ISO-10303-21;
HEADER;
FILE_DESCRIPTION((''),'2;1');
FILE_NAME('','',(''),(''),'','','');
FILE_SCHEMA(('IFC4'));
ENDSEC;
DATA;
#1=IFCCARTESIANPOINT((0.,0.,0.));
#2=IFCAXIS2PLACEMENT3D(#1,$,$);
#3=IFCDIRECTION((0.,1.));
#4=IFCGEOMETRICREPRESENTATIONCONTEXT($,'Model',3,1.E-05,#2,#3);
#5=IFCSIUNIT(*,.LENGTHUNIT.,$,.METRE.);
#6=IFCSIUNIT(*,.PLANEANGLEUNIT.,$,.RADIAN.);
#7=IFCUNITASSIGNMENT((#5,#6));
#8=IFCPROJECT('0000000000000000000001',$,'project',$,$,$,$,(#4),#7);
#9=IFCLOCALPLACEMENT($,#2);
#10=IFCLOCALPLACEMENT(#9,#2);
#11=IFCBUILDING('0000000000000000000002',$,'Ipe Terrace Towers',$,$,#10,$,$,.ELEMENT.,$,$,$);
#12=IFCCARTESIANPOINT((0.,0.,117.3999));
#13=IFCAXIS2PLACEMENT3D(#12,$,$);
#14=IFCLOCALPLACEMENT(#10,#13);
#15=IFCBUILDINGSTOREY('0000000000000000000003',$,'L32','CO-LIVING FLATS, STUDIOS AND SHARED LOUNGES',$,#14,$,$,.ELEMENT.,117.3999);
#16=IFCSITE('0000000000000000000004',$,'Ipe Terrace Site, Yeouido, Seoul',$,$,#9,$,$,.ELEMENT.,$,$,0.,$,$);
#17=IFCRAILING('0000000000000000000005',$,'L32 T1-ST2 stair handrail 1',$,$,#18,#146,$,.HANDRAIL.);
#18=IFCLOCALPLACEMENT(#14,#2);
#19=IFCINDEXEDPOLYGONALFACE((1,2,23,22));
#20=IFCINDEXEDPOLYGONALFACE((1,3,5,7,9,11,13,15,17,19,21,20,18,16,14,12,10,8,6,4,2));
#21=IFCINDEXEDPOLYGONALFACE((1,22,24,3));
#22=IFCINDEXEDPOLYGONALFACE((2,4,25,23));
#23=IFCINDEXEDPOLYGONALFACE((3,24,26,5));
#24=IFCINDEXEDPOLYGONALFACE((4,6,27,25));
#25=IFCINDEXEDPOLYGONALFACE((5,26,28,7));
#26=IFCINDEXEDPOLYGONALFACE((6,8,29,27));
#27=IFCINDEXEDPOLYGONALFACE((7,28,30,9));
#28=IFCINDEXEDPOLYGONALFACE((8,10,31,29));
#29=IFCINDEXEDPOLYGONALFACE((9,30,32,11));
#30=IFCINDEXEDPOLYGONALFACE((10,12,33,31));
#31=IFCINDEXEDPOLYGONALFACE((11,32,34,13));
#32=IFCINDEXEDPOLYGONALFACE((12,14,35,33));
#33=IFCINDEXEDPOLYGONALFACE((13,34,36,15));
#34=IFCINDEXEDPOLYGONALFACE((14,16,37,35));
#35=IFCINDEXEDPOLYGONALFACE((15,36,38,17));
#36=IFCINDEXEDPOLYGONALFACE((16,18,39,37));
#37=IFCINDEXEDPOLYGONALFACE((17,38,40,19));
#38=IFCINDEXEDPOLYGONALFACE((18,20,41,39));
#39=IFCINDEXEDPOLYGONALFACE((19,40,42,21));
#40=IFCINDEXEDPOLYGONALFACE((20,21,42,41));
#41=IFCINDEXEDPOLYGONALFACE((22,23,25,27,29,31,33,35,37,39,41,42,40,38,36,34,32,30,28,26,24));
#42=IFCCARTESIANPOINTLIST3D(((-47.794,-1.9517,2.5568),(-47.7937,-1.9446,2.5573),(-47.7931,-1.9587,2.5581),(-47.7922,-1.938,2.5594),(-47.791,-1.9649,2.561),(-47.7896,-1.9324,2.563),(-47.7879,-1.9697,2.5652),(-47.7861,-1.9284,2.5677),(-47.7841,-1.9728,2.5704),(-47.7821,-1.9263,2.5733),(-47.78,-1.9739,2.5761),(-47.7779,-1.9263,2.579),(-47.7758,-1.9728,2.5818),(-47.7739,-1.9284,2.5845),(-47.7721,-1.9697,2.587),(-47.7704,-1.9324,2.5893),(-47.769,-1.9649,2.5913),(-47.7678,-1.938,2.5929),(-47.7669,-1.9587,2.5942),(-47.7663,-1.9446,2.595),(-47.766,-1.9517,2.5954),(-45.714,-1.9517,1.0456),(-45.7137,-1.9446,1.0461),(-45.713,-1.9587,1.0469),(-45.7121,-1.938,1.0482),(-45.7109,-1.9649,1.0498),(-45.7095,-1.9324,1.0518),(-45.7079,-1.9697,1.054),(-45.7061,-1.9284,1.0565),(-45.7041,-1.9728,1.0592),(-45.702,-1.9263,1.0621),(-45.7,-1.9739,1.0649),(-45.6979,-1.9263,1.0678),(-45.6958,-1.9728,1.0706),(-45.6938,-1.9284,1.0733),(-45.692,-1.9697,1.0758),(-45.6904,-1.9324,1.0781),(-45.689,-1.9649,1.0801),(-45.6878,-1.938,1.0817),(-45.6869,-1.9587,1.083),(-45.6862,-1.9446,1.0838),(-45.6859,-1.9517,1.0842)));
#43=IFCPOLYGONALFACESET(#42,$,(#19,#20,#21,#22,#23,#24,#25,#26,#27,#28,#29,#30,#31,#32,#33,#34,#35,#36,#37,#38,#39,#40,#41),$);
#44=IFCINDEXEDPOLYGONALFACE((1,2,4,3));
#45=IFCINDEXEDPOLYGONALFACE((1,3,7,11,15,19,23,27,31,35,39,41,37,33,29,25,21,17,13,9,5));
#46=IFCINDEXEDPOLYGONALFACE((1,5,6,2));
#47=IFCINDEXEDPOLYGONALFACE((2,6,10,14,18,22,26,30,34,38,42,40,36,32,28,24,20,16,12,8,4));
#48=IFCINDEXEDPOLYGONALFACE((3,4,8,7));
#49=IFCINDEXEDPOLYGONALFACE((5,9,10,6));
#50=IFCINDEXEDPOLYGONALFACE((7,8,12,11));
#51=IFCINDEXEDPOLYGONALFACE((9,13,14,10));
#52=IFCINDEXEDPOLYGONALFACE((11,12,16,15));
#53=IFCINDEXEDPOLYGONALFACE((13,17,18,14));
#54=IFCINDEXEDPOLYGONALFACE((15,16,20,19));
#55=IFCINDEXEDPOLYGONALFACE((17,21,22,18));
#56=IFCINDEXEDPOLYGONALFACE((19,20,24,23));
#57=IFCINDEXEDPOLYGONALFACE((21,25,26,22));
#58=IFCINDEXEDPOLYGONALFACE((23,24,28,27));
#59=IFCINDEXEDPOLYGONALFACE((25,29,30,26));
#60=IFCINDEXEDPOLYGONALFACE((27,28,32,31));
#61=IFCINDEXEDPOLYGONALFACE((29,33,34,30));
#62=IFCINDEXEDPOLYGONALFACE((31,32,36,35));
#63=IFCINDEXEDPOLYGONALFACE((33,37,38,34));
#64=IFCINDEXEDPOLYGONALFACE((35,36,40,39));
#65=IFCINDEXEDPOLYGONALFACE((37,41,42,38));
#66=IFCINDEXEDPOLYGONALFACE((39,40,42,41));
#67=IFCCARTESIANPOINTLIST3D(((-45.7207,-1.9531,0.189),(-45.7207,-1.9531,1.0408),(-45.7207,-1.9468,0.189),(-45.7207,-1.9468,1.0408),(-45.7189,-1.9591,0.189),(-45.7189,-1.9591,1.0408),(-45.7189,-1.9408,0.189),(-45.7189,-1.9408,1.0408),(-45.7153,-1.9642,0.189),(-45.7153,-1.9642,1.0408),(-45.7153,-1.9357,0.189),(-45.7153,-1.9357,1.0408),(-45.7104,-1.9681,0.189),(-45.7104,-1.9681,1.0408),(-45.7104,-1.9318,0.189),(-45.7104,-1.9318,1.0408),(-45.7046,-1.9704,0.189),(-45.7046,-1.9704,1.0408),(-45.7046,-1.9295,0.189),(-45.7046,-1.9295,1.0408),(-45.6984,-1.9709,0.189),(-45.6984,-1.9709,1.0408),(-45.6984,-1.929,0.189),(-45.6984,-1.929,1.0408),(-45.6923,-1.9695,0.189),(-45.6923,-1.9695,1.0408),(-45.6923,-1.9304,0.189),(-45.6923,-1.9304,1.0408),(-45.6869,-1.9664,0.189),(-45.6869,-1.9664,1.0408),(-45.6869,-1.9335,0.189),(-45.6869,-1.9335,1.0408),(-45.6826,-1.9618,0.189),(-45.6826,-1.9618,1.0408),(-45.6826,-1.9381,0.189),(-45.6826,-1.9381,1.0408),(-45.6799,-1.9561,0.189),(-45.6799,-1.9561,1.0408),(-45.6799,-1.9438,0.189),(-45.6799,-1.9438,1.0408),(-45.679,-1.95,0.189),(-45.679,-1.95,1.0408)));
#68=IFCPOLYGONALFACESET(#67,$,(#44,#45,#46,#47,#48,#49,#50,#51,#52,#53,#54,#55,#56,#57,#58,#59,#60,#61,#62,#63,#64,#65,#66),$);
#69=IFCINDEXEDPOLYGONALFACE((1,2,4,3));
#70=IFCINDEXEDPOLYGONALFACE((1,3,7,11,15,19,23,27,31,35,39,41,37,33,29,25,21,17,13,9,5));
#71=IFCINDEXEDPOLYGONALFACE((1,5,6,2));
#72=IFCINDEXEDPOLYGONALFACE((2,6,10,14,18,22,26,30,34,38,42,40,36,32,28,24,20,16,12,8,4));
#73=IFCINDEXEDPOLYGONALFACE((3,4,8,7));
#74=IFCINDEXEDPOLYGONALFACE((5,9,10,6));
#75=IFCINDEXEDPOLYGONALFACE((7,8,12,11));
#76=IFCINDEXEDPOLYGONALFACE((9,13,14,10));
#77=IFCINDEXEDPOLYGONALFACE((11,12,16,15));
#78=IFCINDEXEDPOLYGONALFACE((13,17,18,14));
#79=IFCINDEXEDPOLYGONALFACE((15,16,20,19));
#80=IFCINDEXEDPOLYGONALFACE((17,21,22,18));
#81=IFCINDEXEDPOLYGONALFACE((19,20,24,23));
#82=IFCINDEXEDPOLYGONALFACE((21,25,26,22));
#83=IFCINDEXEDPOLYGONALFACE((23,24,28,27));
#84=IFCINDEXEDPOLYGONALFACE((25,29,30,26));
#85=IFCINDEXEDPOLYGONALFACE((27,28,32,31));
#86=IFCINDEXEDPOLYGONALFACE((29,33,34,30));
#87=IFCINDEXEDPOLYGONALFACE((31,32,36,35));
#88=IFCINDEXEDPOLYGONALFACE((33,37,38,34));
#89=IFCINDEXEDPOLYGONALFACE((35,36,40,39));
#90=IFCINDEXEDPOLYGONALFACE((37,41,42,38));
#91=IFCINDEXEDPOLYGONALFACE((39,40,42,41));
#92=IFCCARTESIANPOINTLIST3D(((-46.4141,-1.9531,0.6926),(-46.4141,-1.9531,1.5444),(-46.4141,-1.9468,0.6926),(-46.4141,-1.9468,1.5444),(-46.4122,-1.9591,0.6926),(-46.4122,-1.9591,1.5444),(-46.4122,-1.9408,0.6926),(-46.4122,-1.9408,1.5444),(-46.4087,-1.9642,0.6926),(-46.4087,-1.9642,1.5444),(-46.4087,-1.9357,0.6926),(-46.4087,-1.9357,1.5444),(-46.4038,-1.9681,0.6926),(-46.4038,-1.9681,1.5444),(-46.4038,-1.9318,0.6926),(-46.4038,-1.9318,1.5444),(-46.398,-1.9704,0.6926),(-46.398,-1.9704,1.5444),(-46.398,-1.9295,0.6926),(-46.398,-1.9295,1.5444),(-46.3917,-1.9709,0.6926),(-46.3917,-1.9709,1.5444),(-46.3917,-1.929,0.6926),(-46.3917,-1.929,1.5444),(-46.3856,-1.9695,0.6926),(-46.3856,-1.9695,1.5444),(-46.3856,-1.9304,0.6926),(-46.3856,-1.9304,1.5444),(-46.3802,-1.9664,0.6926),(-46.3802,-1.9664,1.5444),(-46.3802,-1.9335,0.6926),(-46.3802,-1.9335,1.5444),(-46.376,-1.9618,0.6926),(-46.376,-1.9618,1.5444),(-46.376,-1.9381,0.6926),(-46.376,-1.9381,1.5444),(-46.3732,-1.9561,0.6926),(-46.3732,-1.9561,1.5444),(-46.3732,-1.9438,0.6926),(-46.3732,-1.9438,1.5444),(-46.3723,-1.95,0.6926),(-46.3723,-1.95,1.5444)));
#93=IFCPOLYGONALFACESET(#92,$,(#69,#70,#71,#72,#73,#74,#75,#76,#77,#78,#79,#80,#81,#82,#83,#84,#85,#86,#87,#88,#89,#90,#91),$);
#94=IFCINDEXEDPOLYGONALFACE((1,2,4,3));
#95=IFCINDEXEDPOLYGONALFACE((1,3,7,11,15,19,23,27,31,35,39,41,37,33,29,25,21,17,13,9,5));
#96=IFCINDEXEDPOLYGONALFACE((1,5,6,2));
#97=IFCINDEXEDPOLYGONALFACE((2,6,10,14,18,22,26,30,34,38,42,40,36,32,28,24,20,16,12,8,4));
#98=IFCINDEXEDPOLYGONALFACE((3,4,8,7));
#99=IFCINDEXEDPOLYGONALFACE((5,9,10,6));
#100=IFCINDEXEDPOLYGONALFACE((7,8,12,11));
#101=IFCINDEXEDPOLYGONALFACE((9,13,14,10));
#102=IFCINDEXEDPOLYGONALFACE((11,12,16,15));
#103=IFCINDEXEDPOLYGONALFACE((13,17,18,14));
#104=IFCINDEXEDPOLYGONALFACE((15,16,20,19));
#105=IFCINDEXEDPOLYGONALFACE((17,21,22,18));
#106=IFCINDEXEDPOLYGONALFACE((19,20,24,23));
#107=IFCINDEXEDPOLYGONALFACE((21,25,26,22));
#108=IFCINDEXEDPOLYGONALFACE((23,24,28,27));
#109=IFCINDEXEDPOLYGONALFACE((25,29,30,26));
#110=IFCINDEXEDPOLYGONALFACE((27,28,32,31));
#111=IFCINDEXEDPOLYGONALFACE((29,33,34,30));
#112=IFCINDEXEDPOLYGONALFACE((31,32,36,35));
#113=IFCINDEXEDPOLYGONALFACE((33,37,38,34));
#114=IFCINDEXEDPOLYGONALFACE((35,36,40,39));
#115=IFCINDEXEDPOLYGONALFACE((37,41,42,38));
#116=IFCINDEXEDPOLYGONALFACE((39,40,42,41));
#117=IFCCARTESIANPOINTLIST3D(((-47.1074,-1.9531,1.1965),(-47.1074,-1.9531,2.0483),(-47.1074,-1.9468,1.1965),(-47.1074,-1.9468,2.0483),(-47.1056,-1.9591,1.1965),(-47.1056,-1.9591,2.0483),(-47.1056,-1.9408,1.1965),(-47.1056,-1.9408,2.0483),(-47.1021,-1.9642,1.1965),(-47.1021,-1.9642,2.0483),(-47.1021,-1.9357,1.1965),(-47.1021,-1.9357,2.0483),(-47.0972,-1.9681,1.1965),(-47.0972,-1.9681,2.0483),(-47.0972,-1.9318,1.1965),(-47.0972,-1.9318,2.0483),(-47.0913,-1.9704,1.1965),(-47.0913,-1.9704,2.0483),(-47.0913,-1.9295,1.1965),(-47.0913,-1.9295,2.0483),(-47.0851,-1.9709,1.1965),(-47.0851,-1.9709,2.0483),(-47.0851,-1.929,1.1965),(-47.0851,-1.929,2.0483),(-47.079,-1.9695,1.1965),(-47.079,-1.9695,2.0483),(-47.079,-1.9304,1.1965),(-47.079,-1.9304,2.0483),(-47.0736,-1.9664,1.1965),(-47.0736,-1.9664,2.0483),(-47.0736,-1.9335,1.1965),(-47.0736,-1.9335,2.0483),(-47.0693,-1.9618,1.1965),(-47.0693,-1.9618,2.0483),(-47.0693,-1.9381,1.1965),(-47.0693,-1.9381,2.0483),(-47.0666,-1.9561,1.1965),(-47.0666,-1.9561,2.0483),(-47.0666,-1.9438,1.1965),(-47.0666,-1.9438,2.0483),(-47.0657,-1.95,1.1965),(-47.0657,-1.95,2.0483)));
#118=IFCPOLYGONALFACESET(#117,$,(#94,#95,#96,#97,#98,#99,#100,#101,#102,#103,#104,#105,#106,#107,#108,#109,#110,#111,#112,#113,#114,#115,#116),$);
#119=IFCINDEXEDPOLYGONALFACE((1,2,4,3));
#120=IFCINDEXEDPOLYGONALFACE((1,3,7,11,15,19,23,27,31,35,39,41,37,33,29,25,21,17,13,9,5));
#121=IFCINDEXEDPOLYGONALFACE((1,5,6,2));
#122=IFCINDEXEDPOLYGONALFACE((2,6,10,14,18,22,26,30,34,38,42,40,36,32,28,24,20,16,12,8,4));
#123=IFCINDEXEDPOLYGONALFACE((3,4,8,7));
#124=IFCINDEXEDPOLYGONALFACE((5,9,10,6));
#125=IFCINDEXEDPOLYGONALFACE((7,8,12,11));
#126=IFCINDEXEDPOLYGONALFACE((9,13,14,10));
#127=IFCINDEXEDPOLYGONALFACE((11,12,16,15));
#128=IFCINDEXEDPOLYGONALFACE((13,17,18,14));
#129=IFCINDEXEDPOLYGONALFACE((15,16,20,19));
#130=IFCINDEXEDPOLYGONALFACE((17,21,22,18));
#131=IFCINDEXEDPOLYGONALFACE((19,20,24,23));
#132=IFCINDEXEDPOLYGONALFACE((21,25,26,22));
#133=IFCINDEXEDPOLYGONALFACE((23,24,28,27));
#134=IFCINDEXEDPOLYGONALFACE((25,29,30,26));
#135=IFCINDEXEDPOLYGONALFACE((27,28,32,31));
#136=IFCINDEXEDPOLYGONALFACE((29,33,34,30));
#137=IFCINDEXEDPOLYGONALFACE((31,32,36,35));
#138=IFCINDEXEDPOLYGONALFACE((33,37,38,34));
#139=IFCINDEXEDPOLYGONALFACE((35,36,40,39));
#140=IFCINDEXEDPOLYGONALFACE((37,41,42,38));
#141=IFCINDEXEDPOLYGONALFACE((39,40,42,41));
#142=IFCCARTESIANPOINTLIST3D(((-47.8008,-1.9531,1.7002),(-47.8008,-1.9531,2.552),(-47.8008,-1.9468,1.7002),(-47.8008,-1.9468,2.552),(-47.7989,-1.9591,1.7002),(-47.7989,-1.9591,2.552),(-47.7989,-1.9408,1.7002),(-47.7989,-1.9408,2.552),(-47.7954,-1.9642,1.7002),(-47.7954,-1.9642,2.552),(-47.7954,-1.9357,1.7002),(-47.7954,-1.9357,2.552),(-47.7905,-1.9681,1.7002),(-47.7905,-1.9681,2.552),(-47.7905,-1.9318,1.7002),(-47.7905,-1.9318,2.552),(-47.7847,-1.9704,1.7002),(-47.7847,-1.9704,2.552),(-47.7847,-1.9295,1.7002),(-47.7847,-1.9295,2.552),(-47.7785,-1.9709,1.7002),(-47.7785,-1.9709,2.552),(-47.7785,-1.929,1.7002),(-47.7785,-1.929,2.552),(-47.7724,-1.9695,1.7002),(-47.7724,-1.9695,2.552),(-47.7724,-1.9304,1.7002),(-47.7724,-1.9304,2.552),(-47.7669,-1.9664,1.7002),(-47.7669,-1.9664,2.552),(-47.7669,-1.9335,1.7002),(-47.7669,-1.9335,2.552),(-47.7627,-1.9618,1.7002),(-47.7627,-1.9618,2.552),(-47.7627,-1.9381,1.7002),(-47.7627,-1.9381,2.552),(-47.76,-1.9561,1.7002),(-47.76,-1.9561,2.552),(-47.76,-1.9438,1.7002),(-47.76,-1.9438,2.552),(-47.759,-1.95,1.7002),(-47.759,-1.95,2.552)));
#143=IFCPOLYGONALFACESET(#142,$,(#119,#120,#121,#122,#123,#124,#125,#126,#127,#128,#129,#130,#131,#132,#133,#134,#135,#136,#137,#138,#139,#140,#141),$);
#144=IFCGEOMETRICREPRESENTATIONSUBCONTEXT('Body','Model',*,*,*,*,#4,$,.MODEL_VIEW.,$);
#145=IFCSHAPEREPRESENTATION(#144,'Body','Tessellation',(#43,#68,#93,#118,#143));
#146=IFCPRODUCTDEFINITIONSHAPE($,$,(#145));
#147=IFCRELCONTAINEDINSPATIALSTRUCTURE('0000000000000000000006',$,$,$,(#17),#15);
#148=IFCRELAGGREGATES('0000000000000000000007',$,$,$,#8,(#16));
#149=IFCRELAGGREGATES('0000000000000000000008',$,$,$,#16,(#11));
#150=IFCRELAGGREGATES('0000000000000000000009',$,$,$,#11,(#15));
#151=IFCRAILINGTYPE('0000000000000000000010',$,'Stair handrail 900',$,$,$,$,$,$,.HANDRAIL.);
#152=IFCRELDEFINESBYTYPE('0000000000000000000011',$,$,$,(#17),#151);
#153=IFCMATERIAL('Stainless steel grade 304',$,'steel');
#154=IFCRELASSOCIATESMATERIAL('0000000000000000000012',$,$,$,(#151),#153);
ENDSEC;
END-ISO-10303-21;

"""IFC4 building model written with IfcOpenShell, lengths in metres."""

from ifc_helpers import new_model, si_unit, direction, frame, origin, origin_2d, place, context, subcontext, project, spatial, circle, extrude, material, type_object, element, save


model = new_model("IFC4")

# Units and contexts
model_context = context("Model", 3, precision=1e-05, world=origin(), true_north=direction((0.0, 1.0)))
body_context = subcontext(model_context, "Body", "Model", "MODEL_VIEW")
ifc_project = project(units=[si_unit("LENGTHUNIT", "METRE"), si_unit("PLANEANGLEUNIT", "RADIAN")], contexts=[model_context])

# Site, building, storey
site_placement = place(None, origin())
site = spatial("IfcSite", under=ifc_project, at=site_placement, Name="Ipe Terrace Site, Yeouido, Seoul", CompositionType="ELEMENT", RefElevation=0.0)
building_placement = place(site_placement, origin())
building = spatial("IfcBuilding", under=site, at=building_placement, Name="Ipe Terrace Towers", CompositionType="ELEMENT")
storey_placement = place(building_placement, frame((0.0, 0.0, 117.3999)))
storey = spatial("IfcBuildingStorey", under=building, at=storey_placement, Name="L32", Description="CO-LIVING FLATS, STUDIOS AND SHARED LOUNGES", CompositionType="ELEMENT", Elevation=117.3999)

# Railing
ifc_material_1 = material(Name="Stainless steel grade 304", Category="steel")
railing_type_1 = type_object("IfcRailingType", Name="Stair handrail 900", PredefinedType="HANDRAIL", material=ifc_material_1)
railing_1_placement = place(storey_placement, frame((-45.7, -1.95, 0.189)))
element("IfcRailing", 1, at=railing_1_placement, inside=storey, type_object=railing_type_1, Name="L32 T1-ST2 stair handrail 1", PredefinedType="HANDRAIL", context=body_context, shape_type="SweptSolid", body=[
    extrude(circle(Radius=0.0239, at=origin_2d()), frame((0.0, 0.0, 0.876), z_axis=(-0.809023, 0.0, 0.587776), x_axis=(0.0, -1.0, 0.0)), (0.0, 0.0, 1.0), 2.571),
    extrude(circle(Radius=0.021, at=origin_2d()), origin(), (0.0, 0.0, 1.0), 0.8518),
    extrude(circle(Radius=0.021, at=origin_2d()), frame((-0.6934, 0.0, 0.5037)), (0.0, 0.0, 1.0), 0.8518),
    extrude(circle(Radius=0.021, at=origin_2d()), frame((-1.3867, 0.0, 1.0076)), (0.0, 0.0, 1.0), 0.8518),
    extrude(circle(Radius=0.021, at=origin_2d()), frame((-2.0801, 0.0, 1.5112)), (0.0, 0.0, 1.0), 0.8518),
])

save(model, "model.ifc")
